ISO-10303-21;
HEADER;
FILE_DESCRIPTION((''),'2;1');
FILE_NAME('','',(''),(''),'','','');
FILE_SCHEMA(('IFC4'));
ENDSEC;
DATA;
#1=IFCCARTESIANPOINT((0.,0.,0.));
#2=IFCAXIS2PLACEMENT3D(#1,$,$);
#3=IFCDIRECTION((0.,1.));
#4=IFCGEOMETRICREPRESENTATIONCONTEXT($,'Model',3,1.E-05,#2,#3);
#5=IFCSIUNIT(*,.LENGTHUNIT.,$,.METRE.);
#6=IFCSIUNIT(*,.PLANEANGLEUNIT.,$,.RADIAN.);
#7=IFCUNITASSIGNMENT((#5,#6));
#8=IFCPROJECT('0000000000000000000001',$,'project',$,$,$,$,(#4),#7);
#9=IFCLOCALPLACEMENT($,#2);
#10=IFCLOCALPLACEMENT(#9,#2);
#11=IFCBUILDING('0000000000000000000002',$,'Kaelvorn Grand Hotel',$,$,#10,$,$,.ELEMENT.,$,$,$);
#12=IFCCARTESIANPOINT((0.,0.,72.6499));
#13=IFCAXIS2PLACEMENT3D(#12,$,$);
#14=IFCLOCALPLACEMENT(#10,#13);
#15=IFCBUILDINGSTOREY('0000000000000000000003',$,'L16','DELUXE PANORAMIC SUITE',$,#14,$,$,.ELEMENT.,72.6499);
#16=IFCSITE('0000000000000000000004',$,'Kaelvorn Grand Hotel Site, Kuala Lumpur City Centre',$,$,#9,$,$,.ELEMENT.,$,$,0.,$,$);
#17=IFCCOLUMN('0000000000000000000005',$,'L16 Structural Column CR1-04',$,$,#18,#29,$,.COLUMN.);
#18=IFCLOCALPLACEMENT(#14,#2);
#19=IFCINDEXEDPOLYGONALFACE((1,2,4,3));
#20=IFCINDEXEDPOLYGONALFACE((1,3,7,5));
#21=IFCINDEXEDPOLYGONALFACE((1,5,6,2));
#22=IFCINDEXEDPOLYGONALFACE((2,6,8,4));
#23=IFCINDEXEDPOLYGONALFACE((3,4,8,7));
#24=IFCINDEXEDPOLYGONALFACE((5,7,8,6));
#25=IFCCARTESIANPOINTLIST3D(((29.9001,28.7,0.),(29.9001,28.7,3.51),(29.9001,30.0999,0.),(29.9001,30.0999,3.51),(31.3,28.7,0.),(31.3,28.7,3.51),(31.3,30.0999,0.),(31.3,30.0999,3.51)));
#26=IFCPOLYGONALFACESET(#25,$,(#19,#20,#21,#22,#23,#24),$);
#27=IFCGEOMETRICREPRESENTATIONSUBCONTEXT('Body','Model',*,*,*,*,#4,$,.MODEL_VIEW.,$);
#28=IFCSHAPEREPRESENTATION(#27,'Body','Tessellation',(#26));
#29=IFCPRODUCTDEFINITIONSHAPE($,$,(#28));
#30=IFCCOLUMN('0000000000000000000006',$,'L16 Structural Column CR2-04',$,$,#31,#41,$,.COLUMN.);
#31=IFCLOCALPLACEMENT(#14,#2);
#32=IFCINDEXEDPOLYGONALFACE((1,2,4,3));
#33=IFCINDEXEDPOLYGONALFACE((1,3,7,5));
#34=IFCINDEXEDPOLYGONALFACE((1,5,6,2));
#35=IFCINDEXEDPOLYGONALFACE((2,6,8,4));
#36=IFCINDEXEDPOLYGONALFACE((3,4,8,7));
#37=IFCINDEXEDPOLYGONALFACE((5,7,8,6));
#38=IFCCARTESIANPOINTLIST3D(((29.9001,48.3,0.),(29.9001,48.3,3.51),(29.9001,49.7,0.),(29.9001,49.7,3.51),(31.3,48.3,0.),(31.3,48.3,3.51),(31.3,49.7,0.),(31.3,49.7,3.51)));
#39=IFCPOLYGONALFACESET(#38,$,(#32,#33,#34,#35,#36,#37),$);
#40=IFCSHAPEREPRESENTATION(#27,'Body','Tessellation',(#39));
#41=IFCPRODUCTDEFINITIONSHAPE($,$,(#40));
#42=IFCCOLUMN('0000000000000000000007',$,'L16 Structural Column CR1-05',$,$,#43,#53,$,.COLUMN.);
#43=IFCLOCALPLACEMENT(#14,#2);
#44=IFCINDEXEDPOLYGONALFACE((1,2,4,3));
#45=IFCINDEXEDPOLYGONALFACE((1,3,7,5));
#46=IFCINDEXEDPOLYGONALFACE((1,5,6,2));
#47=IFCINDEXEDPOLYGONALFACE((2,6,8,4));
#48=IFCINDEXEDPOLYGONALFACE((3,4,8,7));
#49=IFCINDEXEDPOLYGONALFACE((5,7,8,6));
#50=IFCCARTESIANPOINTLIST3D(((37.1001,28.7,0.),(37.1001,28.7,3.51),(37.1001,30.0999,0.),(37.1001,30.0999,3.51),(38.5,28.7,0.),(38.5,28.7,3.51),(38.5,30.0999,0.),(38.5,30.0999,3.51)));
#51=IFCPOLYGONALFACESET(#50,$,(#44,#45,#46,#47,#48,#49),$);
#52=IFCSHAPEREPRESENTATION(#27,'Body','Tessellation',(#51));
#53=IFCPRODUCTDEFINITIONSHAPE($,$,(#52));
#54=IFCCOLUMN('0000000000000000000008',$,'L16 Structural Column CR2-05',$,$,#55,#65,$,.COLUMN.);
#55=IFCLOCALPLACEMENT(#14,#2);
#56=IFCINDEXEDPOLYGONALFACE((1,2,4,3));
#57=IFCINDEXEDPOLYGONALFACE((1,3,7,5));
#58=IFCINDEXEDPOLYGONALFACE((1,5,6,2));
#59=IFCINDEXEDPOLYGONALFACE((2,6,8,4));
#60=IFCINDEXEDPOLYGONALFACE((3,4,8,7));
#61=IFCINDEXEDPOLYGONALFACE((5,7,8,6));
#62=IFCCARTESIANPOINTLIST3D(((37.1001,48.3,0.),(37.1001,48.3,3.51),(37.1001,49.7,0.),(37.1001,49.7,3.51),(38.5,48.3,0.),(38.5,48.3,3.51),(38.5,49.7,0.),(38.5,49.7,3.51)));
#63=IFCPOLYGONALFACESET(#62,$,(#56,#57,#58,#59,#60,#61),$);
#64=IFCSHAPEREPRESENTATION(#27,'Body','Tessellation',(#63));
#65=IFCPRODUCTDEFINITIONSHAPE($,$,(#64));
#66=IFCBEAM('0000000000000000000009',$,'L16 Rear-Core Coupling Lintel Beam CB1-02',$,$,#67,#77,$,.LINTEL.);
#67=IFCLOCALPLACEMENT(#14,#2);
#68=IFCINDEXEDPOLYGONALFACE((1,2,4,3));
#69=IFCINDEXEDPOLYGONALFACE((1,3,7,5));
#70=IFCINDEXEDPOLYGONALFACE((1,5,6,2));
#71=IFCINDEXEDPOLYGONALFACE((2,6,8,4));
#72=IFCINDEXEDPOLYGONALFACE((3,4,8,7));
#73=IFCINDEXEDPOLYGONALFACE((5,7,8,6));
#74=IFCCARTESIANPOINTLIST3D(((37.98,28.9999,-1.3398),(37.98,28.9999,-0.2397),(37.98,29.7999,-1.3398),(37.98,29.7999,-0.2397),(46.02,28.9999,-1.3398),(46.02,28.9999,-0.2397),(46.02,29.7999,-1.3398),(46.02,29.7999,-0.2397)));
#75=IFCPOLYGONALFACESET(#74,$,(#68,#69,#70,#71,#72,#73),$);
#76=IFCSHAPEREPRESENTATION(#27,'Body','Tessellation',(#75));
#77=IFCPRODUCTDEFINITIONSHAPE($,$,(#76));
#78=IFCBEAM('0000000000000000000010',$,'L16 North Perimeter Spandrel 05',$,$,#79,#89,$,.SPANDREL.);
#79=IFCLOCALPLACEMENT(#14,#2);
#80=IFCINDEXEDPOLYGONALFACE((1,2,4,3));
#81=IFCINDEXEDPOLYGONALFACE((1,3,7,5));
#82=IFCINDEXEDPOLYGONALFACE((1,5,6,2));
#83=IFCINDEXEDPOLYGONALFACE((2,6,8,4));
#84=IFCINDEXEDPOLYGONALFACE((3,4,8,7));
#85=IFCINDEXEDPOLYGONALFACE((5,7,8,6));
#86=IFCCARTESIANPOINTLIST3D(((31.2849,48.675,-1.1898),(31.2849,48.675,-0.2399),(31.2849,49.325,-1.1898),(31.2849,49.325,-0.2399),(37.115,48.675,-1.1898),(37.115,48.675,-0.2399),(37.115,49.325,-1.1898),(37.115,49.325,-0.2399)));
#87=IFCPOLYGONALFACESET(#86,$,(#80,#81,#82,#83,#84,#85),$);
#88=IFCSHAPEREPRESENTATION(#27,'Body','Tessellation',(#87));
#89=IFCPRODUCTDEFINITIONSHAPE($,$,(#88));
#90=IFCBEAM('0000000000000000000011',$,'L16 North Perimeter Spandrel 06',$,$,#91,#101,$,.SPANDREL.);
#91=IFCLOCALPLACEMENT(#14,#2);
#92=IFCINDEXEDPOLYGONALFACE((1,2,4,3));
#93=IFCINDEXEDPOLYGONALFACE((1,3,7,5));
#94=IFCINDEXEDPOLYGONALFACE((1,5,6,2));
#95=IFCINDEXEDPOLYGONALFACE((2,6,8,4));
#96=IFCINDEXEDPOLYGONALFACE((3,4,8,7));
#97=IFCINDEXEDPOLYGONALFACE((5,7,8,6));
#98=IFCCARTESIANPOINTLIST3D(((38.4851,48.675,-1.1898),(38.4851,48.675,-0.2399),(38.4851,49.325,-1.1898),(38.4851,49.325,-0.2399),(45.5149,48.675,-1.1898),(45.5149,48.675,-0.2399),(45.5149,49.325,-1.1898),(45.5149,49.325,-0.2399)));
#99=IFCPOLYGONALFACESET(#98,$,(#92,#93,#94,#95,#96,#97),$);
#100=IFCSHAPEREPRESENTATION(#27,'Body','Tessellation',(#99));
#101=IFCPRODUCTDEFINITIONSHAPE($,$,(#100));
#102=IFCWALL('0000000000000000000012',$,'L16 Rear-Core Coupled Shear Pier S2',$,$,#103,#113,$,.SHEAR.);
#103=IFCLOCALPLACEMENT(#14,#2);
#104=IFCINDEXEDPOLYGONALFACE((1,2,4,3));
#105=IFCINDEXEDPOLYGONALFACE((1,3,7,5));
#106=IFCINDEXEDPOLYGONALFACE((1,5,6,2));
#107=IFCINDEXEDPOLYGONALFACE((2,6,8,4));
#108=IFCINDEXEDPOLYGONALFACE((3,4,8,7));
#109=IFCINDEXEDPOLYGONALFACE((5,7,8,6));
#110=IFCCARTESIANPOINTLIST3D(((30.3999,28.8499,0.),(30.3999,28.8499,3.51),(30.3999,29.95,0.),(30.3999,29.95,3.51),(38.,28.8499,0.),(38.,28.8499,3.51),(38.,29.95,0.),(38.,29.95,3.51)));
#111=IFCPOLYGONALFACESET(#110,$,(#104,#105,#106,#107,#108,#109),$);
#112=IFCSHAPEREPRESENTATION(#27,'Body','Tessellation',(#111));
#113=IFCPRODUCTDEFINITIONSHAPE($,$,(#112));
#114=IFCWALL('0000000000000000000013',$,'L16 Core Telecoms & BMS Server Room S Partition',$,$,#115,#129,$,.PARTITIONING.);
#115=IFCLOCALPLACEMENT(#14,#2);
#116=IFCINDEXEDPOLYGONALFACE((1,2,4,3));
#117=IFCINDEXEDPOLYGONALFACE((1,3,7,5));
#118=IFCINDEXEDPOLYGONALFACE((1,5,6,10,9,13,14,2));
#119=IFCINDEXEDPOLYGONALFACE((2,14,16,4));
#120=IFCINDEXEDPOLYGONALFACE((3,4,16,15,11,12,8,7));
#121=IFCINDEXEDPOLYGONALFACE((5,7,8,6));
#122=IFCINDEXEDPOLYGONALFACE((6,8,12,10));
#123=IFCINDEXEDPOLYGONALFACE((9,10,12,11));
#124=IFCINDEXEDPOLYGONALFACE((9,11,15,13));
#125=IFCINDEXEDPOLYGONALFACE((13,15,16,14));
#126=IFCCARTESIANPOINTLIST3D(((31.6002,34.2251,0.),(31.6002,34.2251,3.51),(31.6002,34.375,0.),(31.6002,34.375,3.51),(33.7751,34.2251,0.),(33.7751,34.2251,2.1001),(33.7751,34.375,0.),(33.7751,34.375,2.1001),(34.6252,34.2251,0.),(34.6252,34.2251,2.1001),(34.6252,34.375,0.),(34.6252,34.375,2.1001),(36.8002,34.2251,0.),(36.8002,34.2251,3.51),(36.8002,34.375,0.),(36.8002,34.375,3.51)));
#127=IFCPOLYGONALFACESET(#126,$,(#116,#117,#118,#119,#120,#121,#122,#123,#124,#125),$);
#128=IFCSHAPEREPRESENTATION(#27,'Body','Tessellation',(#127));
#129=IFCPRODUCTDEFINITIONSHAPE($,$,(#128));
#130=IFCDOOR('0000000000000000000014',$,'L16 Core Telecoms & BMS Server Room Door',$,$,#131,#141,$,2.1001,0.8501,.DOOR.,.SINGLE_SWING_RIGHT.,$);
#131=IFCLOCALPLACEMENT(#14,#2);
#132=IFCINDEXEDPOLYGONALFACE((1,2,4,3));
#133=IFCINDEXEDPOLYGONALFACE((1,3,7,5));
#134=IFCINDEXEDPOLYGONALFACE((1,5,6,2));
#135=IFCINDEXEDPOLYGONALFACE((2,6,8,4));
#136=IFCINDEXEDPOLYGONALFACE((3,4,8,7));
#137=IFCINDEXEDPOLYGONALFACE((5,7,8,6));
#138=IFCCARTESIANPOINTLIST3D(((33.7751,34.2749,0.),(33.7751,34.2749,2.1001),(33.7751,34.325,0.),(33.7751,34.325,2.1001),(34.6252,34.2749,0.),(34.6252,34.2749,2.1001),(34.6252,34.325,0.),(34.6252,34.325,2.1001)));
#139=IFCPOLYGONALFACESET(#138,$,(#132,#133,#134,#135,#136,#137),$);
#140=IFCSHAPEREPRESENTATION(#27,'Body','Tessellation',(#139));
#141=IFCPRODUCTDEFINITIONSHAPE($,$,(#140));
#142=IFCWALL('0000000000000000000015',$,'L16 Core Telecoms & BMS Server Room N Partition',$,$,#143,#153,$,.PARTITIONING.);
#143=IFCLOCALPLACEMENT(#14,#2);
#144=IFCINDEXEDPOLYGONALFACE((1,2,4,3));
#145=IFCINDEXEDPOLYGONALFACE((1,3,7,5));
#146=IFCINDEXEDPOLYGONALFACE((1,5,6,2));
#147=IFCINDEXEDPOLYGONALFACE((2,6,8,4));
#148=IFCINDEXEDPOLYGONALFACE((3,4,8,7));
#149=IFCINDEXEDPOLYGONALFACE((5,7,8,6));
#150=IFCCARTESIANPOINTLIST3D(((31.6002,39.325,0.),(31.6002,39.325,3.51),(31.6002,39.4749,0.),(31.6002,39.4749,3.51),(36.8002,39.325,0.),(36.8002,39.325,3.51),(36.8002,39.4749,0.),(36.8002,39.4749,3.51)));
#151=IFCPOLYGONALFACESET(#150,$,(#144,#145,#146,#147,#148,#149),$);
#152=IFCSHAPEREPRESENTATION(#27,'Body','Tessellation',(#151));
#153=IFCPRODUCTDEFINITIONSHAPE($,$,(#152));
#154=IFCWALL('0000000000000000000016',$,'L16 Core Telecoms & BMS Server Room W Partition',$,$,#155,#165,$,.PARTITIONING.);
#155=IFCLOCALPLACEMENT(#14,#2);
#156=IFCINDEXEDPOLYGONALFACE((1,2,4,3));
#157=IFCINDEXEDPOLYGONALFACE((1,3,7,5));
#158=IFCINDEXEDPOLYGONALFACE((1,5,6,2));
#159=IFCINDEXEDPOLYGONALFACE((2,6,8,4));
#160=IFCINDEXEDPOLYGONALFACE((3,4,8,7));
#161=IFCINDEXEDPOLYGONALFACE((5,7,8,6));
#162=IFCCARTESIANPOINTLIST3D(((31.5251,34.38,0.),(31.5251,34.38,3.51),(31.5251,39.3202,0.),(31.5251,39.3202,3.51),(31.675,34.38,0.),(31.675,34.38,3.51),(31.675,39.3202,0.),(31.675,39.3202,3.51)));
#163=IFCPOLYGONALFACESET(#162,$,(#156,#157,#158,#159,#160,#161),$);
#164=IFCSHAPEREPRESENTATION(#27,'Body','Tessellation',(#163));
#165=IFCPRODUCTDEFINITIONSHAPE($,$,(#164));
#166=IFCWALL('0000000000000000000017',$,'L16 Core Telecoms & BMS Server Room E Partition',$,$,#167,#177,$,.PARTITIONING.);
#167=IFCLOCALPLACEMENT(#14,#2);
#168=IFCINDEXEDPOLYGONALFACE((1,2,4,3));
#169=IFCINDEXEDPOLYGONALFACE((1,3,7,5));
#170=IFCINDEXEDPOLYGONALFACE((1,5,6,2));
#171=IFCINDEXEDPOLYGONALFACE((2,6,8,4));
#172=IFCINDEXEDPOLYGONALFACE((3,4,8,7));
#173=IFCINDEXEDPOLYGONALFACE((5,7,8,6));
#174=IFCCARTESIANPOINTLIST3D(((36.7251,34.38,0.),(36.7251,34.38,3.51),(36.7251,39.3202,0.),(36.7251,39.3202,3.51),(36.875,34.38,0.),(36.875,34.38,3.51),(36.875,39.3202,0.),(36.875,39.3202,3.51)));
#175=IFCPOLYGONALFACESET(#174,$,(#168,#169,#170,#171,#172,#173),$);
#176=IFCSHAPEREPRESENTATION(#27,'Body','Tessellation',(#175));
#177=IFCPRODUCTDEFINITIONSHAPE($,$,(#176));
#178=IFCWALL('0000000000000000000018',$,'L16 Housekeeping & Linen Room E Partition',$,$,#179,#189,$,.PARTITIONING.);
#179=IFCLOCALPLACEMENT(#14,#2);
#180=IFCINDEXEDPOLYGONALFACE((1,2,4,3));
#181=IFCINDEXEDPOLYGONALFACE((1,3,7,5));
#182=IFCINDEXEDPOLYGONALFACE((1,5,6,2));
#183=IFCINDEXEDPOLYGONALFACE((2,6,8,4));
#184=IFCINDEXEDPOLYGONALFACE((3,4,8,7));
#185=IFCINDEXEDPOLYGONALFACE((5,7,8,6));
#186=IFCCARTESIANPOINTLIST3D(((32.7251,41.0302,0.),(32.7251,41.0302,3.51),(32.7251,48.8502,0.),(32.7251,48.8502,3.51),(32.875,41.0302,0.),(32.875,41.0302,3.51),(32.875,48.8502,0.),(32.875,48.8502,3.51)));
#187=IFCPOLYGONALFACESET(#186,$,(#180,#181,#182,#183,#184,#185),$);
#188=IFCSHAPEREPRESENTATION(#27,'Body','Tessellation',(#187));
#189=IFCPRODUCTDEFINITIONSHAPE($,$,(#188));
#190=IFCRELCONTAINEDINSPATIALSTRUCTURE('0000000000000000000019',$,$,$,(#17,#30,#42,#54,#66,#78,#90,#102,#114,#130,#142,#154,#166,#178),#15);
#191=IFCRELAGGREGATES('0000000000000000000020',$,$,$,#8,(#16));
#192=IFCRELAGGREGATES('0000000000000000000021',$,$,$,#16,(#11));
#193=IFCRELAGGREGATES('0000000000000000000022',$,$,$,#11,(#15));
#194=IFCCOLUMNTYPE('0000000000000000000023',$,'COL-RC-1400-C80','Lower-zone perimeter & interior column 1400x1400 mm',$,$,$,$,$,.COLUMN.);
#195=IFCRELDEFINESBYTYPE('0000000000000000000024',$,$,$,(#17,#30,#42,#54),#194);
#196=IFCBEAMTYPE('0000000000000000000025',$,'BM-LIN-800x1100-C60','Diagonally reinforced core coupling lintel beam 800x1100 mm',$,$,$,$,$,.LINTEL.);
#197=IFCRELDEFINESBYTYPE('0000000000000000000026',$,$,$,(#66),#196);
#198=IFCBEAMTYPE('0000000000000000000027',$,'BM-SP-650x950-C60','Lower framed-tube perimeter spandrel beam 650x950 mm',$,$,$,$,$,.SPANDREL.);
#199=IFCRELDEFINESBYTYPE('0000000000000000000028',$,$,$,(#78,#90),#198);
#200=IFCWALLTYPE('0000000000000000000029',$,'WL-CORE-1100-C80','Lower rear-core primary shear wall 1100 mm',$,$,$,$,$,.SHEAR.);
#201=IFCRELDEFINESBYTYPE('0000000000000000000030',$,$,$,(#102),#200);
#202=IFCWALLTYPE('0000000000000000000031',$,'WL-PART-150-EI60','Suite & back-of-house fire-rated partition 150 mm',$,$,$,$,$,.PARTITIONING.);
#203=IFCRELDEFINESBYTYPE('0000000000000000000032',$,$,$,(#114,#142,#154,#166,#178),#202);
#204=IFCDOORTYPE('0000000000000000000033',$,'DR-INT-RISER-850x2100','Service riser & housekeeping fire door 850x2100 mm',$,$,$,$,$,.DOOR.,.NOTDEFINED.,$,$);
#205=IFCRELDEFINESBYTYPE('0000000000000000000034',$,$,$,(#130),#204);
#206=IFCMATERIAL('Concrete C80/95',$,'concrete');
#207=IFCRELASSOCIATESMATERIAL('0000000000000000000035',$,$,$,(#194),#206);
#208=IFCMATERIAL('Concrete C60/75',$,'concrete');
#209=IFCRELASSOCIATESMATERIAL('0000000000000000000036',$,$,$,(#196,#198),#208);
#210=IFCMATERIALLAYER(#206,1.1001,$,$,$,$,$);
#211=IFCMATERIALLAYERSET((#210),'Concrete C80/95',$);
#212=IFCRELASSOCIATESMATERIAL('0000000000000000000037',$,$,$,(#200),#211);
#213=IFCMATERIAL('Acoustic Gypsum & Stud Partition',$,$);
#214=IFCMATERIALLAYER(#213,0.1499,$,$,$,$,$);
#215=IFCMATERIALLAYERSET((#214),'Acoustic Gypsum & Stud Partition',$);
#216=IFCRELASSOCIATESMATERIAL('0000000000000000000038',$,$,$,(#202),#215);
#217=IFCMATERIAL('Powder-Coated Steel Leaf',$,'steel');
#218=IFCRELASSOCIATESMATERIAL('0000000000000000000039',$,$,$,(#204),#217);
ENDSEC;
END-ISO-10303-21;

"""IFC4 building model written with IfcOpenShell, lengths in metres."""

from ifc_helpers import new_model, si_unit, direction, frame, frame_2d, origin, origin_2d, place, context, subcontext, project, spatial, rectangle, extrude, material, layer, layer_set, material_profile, profile_set, type_object, element, fill, save


model = new_model("IFC4")

# Units and contexts
model_context = context("Model", 3, precision=1e-05, world=origin(), true_north=direction((0.0, 1.0)))
body_context = subcontext(model_context, "Body", "Model", "MODEL_VIEW")
ifc_project = project(units=[si_unit("LENGTHUNIT", "METRE"), si_unit("PLANEANGLEUNIT", "RADIAN")], contexts=[model_context])

# Site, building, storey
site_placement = place(None, origin())
site = spatial("IfcSite", under=ifc_project, at=site_placement, Name="Kaelvorn Grand Hotel Site, Kuala Lumpur City Centre", CompositionType="ELEMENT", RefElevation=0.0)
building_placement = place(site_placement, origin())
building = spatial("IfcBuilding", under=site, at=building_placement, Name="Kaelvorn Grand Hotel", CompositionType="ELEMENT")
storey_placement = place(building_placement, frame((0.0, 0.0, 72.6499)))
storey = spatial("IfcBuildingStorey", under=building, at=storey_placement, Name="L16", Description="DELUXE PANORAMIC SUITE", CompositionType="ELEMENT", Elevation=72.6499)

# Columns
ifc_material_1 = material(Name="Concrete C80/95", Category="concrete")
ifc_material_profile_1 = material_profile(ifc_material_1, rectangle(XDim=1.3999, YDim=1.3999, at=origin_2d()), Name="RC COL 1400x1400")
ifc_profile_set_1 = profile_set([ifc_material_profile_1], Name="Concrete C80/95")
column_type = type_object("IfcColumnType", Name="COL-RC-1400-C80", Description="Lower-zone perimeter & interior column 1400x1400 mm", PredefinedType="COLUMN", material=ifc_profile_set_1)
for number, where, z_axis, x_axis, name in (
    (1, (30.6001, 29.3999, 0.0), (0.0, 0.0, 1.0), (1.0, 0.0, 0.0), "L16 Structural Column CR1-04"),
    (2, (30.6001, 49.0, 0.0), (0.0, 0.0, 1.0), (1.0, 0.0, 0.0), "L16 Structural Column CR2-04"),
    (3, (37.8, 29.3999, 0.0), (0.0, 0.0, 1.0), (1.0, 0.0, 0.0), "L16 Structural Column CR1-05"),
    (4, (37.8, 49.0, 0.0), (0.0, 0.0, 1.0), (1.0, 0.0, 0.0), "L16 Structural Column CR2-05"),
):
    element("IfcColumn", number, at=place(storey_placement, frame(where, z_axis=z_axis, x_axis=x_axis)), inside=storey, type_object=column_type, Name=name, PredefinedType="COLUMN", context=body_context, shape_type="SweptSolid", body=[
        extrude(rectangle(XDim=1.3999, YDim=1.3999, at=origin_2d()), origin(), (0.0, 0.0, 1.0), 3.51),
    ])

# Beams
ifc_material_2 = material(Name="Concrete C60/75", Category="concrete")
ifc_material_profile_2 = material_profile(ifc_material_2, rectangle(XDim=0.8, YDim=1.1001, at=origin_2d()), Name="RC LINTEL 800x1100")
ifc_profile_set_2 = profile_set([ifc_material_profile_2], Name="Concrete C60/75")
beam_type_1 = type_object("IfcBeamType", Name="BM-LIN-800x1100-C60", Description="Diagonally reinforced core coupling lintel beam 800x1100 mm", PredefinedType="LINTEL", material=ifc_profile_set_2)
beam_1_placement = place(storey_placement, frame((37.98, 29.3999, -0.7898), z_axis=(1.0, 0.0, 0.0), x_axis=(0.0, 1.0, 0.0)))
element("IfcBeam", 5, at=beam_1_placement, inside=storey, type_object=beam_type_1, Name="L16 Rear-Core Coupling Lintel Beam CB1-02", PredefinedType="LINTEL", context=body_context, shape_type="SweptSolid", body=[
    extrude(rectangle(XDim=0.8, YDim=1.1001, at=origin_2d()), origin(), (0.0, 0.0, 1.0), 8.04),
])
ifc_material_profile_3 = material_profile(ifc_material_2, rectangle(XDim=0.6499, YDim=0.95, at=origin_2d()), Name="RC SPANDREL 650x950")
ifc_profile_set_3 = profile_set([ifc_material_profile_3], Name="Concrete C60/75")
beam_type_2 = type_object("IfcBeamType", Name="BM-SP-650x950-C60", Description="Lower framed-tube perimeter spandrel beam 650x950 mm", PredefinedType="SPANDREL", material=ifc_profile_set_3)
beam_2_placement = place(storey_placement, frame((31.2849, 49.0, -0.7148), z_axis=(1.0, 0.0, 0.0), x_axis=(0.0, 1.0, 0.0)))
element("IfcBeam", 6, at=beam_2_placement, inside=storey, type_object=beam_type_2, Name="L16 North Perimeter Spandrel 05", PredefinedType="SPANDREL", context=body_context, shape_type="SweptSolid", body=[
    extrude(rectangle(XDim=0.6499, YDim=0.95, at=origin_2d()), origin(), (0.0, 0.0, 1.0), 5.8301),
])
beam_3_placement = place(storey_placement, frame((38.4851, 49.0, -0.7148), z_axis=(1.0, 0.0, 0.0), x_axis=(0.0, 1.0, 0.0)))
element("IfcBeam", 7, at=beam_3_placement, inside=storey, type_object=beam_type_2, Name="L16 North Perimeter Spandrel 06", PredefinedType="SPANDREL", context=body_context, shape_type="SweptSolid", body=[
    extrude(rectangle(XDim=0.6499, YDim=0.95, at=origin_2d()), origin(), (0.0, 0.0, 1.0), 7.0298),
])

# Wall
ifc_layer_1 = layer(ifc_material_1, 1.1001)
ifc_layer_set_1 = layer_set([ifc_layer_1], Name="Concrete C80/95")
wall_type_1 = type_object("IfcWallType", Name="WL-CORE-1100-C80", Description="Lower rear-core primary shear wall 1100 mm", PredefinedType="SHEAR", material=ifc_layer_set_1)
wall_1_placement = place(storey_placement, frame((30.3999, 29.3999, 0.0), z_axis=(0.0, 0.0, 1.0), x_axis=(1.0, 0.0, 0.0)))
element("IfcWall", 8, at=wall_1_placement, inside=storey, type_object=wall_type_1, Name="L16 Rear-Core Coupled Shear Pier S2", PredefinedType="SHEAR", context=body_context, shape_type="SweptSolid", body=[
    extrude(rectangle(XDim=7.6001, YDim=1.1001, at=frame_2d((3.8, 0.0))), origin(), (0.0, 0.0, 1.0), 3.51),
])

# Wall, opening, door
ifc_material_3 = material(Name="Acoustic Gypsum & Stud Partition")
ifc_layer_2 = layer(ifc_material_3, 0.1499)
ifc_layer_set_2 = layer_set([ifc_layer_2], Name="Acoustic Gypsum & Stud Partition")
wall_type_2 = type_object("IfcWallType", Name="WL-PART-150-EI60", Description="Suite & back-of-house fire-rated partition 150 mm", PredefinedType="PARTITIONING", material=ifc_layer_set_2)
wall_2_placement = place(storey_placement, frame((31.6001, 34.3, 0.0), z_axis=(0.0, 0.0, 1.0), x_axis=(1.0, 0.0, 0.0)))
wall_2 = element("IfcWall", 9, at=wall_2_placement, inside=storey, type_object=wall_type_2, Name="L16 Core Telecoms & BMS Server Room S Partition", PredefinedType="PARTITIONING", context=body_context, shape_type="SweptSolid", body=[
    extrude(rectangle(XDim=5.2, YDim=0.1499, at=frame_2d((2.6001, 0.0))), origin(), (0.0, 0.0, 1.0), 3.51),
])
opening_1_placement = place(wall_2_placement, frame((2.175, 0.0, 0.0)))
opening_1 = element("IfcOpeningElement", 10, at=opening_1_placement, cuts=wall_2, PredefinedType="OPENING", context=body_context, shape_type="SweptSolid", body=[
    extrude(rectangle(XDim=0.8501, YDim=2.1001, at=frame_2d((0.425, 1.05))), frame((0.0, 0.085, 0.0), z_axis=(0.0, -1.0, 0.0), x_axis=(1.0, 0.0, 0.0)), (0.0, 0.0, 1.0), 0.1699),
])
ifc_material_4 = material(Name="Powder-Coated Steel Leaf", Category="steel")
door_type_1 = type_object("IfcDoorType", Name="DR-INT-RISER-850x2100", Description="Service riser & housekeeping fire door 850x2100 mm", OperationType="NOTDEFINED", PredefinedType="DOOR", material=ifc_material_4)
door_1_placement = place(opening_1_placement, origin())
door_1 = element("IfcDoor", 11, at=door_1_placement, inside=storey, type_object=door_type_1, Name="L16 Core Telecoms & BMS Server Room Door", OperationType="SINGLE_SWING_RIGHT", OverallHeight=2.1001, OverallWidth=0.8501, PredefinedType="DOOR", context=body_context, shape_type="SweptSolid", body=[
    extrude(rectangle(XDim=0.8501, YDim=2.1001, at=frame_2d((0.425, 1.05))), frame((0.0, 0.0249, 0.0), z_axis=(0.0, -1.0, 0.0), x_axis=(1.0, 0.0, 0.0)), (0.0, 0.0, 1.0), 0.05),
])
fill(opening_1, door_1)

# Walls
wall_3_placement = place(storey_placement, frame((31.6001, 39.3999, 0.0), z_axis=(0.0, 0.0, 1.0), x_axis=(1.0, 0.0, 0.0)))
element("IfcWall", 12, at=wall_3_placement, inside=storey, type_object=wall_type_2, Name="L16 Core Telecoms & BMS Server Room N Partition", PredefinedType="PARTITIONING", context=body_context, shape_type="SweptSolid", body=[
    extrude(rectangle(XDim=5.2, YDim=0.1499, at=frame_2d((2.6001, 0.0))), origin(), (0.0, 0.0, 1.0), 3.51),
])
for number, where, z_axis, x_axis, name in (
    (13, (31.6001, 34.3799, 0.0), (0.0, 0.0, 1.0), (0.0, 1.0, 0.0), "L16 Core Telecoms & BMS Server Room W Partition"),
    (14, (36.8, 34.3799, 0.0), (0.0, 0.0, 1.0), (0.0, 1.0, 0.0), "L16 Core Telecoms & BMS Server Room E Partition"),
):
    element("IfcWall", number, at=place(storey_placement, frame(where, z_axis=z_axis, x_axis=x_axis)), inside=storey, type_object=wall_type_2, Name=name, PredefinedType="PARTITIONING", context=body_context, shape_type="SweptSolid", body=[
        extrude(rectangle(XDim=4.9402, YDim=0.1499, at=frame_2d((2.4702, 0.0))), origin(), (0.0, 0.0, 1.0), 3.51),
    ])
wall_4_placement = place(storey_placement, frame((32.8, 41.03, 0.0), z_axis=(0.0, 0.0, 1.0), x_axis=(0.0, 1.0, 0.0)))
element("IfcWall", 15, at=wall_4_placement, inside=storey, type_object=wall_type_2, Name="L16 Housekeeping & Linen Room E Partition", PredefinedType="PARTITIONING", context=body_context, shape_type="SweptSolid", body=[
    extrude(rectangle(XDim=7.8201, YDim=0.1499, at=frame_2d((3.9102, 0.0))), origin(), (0.0, 0.0, 1.0), 3.51),
])

save(model, "model.ifc")
